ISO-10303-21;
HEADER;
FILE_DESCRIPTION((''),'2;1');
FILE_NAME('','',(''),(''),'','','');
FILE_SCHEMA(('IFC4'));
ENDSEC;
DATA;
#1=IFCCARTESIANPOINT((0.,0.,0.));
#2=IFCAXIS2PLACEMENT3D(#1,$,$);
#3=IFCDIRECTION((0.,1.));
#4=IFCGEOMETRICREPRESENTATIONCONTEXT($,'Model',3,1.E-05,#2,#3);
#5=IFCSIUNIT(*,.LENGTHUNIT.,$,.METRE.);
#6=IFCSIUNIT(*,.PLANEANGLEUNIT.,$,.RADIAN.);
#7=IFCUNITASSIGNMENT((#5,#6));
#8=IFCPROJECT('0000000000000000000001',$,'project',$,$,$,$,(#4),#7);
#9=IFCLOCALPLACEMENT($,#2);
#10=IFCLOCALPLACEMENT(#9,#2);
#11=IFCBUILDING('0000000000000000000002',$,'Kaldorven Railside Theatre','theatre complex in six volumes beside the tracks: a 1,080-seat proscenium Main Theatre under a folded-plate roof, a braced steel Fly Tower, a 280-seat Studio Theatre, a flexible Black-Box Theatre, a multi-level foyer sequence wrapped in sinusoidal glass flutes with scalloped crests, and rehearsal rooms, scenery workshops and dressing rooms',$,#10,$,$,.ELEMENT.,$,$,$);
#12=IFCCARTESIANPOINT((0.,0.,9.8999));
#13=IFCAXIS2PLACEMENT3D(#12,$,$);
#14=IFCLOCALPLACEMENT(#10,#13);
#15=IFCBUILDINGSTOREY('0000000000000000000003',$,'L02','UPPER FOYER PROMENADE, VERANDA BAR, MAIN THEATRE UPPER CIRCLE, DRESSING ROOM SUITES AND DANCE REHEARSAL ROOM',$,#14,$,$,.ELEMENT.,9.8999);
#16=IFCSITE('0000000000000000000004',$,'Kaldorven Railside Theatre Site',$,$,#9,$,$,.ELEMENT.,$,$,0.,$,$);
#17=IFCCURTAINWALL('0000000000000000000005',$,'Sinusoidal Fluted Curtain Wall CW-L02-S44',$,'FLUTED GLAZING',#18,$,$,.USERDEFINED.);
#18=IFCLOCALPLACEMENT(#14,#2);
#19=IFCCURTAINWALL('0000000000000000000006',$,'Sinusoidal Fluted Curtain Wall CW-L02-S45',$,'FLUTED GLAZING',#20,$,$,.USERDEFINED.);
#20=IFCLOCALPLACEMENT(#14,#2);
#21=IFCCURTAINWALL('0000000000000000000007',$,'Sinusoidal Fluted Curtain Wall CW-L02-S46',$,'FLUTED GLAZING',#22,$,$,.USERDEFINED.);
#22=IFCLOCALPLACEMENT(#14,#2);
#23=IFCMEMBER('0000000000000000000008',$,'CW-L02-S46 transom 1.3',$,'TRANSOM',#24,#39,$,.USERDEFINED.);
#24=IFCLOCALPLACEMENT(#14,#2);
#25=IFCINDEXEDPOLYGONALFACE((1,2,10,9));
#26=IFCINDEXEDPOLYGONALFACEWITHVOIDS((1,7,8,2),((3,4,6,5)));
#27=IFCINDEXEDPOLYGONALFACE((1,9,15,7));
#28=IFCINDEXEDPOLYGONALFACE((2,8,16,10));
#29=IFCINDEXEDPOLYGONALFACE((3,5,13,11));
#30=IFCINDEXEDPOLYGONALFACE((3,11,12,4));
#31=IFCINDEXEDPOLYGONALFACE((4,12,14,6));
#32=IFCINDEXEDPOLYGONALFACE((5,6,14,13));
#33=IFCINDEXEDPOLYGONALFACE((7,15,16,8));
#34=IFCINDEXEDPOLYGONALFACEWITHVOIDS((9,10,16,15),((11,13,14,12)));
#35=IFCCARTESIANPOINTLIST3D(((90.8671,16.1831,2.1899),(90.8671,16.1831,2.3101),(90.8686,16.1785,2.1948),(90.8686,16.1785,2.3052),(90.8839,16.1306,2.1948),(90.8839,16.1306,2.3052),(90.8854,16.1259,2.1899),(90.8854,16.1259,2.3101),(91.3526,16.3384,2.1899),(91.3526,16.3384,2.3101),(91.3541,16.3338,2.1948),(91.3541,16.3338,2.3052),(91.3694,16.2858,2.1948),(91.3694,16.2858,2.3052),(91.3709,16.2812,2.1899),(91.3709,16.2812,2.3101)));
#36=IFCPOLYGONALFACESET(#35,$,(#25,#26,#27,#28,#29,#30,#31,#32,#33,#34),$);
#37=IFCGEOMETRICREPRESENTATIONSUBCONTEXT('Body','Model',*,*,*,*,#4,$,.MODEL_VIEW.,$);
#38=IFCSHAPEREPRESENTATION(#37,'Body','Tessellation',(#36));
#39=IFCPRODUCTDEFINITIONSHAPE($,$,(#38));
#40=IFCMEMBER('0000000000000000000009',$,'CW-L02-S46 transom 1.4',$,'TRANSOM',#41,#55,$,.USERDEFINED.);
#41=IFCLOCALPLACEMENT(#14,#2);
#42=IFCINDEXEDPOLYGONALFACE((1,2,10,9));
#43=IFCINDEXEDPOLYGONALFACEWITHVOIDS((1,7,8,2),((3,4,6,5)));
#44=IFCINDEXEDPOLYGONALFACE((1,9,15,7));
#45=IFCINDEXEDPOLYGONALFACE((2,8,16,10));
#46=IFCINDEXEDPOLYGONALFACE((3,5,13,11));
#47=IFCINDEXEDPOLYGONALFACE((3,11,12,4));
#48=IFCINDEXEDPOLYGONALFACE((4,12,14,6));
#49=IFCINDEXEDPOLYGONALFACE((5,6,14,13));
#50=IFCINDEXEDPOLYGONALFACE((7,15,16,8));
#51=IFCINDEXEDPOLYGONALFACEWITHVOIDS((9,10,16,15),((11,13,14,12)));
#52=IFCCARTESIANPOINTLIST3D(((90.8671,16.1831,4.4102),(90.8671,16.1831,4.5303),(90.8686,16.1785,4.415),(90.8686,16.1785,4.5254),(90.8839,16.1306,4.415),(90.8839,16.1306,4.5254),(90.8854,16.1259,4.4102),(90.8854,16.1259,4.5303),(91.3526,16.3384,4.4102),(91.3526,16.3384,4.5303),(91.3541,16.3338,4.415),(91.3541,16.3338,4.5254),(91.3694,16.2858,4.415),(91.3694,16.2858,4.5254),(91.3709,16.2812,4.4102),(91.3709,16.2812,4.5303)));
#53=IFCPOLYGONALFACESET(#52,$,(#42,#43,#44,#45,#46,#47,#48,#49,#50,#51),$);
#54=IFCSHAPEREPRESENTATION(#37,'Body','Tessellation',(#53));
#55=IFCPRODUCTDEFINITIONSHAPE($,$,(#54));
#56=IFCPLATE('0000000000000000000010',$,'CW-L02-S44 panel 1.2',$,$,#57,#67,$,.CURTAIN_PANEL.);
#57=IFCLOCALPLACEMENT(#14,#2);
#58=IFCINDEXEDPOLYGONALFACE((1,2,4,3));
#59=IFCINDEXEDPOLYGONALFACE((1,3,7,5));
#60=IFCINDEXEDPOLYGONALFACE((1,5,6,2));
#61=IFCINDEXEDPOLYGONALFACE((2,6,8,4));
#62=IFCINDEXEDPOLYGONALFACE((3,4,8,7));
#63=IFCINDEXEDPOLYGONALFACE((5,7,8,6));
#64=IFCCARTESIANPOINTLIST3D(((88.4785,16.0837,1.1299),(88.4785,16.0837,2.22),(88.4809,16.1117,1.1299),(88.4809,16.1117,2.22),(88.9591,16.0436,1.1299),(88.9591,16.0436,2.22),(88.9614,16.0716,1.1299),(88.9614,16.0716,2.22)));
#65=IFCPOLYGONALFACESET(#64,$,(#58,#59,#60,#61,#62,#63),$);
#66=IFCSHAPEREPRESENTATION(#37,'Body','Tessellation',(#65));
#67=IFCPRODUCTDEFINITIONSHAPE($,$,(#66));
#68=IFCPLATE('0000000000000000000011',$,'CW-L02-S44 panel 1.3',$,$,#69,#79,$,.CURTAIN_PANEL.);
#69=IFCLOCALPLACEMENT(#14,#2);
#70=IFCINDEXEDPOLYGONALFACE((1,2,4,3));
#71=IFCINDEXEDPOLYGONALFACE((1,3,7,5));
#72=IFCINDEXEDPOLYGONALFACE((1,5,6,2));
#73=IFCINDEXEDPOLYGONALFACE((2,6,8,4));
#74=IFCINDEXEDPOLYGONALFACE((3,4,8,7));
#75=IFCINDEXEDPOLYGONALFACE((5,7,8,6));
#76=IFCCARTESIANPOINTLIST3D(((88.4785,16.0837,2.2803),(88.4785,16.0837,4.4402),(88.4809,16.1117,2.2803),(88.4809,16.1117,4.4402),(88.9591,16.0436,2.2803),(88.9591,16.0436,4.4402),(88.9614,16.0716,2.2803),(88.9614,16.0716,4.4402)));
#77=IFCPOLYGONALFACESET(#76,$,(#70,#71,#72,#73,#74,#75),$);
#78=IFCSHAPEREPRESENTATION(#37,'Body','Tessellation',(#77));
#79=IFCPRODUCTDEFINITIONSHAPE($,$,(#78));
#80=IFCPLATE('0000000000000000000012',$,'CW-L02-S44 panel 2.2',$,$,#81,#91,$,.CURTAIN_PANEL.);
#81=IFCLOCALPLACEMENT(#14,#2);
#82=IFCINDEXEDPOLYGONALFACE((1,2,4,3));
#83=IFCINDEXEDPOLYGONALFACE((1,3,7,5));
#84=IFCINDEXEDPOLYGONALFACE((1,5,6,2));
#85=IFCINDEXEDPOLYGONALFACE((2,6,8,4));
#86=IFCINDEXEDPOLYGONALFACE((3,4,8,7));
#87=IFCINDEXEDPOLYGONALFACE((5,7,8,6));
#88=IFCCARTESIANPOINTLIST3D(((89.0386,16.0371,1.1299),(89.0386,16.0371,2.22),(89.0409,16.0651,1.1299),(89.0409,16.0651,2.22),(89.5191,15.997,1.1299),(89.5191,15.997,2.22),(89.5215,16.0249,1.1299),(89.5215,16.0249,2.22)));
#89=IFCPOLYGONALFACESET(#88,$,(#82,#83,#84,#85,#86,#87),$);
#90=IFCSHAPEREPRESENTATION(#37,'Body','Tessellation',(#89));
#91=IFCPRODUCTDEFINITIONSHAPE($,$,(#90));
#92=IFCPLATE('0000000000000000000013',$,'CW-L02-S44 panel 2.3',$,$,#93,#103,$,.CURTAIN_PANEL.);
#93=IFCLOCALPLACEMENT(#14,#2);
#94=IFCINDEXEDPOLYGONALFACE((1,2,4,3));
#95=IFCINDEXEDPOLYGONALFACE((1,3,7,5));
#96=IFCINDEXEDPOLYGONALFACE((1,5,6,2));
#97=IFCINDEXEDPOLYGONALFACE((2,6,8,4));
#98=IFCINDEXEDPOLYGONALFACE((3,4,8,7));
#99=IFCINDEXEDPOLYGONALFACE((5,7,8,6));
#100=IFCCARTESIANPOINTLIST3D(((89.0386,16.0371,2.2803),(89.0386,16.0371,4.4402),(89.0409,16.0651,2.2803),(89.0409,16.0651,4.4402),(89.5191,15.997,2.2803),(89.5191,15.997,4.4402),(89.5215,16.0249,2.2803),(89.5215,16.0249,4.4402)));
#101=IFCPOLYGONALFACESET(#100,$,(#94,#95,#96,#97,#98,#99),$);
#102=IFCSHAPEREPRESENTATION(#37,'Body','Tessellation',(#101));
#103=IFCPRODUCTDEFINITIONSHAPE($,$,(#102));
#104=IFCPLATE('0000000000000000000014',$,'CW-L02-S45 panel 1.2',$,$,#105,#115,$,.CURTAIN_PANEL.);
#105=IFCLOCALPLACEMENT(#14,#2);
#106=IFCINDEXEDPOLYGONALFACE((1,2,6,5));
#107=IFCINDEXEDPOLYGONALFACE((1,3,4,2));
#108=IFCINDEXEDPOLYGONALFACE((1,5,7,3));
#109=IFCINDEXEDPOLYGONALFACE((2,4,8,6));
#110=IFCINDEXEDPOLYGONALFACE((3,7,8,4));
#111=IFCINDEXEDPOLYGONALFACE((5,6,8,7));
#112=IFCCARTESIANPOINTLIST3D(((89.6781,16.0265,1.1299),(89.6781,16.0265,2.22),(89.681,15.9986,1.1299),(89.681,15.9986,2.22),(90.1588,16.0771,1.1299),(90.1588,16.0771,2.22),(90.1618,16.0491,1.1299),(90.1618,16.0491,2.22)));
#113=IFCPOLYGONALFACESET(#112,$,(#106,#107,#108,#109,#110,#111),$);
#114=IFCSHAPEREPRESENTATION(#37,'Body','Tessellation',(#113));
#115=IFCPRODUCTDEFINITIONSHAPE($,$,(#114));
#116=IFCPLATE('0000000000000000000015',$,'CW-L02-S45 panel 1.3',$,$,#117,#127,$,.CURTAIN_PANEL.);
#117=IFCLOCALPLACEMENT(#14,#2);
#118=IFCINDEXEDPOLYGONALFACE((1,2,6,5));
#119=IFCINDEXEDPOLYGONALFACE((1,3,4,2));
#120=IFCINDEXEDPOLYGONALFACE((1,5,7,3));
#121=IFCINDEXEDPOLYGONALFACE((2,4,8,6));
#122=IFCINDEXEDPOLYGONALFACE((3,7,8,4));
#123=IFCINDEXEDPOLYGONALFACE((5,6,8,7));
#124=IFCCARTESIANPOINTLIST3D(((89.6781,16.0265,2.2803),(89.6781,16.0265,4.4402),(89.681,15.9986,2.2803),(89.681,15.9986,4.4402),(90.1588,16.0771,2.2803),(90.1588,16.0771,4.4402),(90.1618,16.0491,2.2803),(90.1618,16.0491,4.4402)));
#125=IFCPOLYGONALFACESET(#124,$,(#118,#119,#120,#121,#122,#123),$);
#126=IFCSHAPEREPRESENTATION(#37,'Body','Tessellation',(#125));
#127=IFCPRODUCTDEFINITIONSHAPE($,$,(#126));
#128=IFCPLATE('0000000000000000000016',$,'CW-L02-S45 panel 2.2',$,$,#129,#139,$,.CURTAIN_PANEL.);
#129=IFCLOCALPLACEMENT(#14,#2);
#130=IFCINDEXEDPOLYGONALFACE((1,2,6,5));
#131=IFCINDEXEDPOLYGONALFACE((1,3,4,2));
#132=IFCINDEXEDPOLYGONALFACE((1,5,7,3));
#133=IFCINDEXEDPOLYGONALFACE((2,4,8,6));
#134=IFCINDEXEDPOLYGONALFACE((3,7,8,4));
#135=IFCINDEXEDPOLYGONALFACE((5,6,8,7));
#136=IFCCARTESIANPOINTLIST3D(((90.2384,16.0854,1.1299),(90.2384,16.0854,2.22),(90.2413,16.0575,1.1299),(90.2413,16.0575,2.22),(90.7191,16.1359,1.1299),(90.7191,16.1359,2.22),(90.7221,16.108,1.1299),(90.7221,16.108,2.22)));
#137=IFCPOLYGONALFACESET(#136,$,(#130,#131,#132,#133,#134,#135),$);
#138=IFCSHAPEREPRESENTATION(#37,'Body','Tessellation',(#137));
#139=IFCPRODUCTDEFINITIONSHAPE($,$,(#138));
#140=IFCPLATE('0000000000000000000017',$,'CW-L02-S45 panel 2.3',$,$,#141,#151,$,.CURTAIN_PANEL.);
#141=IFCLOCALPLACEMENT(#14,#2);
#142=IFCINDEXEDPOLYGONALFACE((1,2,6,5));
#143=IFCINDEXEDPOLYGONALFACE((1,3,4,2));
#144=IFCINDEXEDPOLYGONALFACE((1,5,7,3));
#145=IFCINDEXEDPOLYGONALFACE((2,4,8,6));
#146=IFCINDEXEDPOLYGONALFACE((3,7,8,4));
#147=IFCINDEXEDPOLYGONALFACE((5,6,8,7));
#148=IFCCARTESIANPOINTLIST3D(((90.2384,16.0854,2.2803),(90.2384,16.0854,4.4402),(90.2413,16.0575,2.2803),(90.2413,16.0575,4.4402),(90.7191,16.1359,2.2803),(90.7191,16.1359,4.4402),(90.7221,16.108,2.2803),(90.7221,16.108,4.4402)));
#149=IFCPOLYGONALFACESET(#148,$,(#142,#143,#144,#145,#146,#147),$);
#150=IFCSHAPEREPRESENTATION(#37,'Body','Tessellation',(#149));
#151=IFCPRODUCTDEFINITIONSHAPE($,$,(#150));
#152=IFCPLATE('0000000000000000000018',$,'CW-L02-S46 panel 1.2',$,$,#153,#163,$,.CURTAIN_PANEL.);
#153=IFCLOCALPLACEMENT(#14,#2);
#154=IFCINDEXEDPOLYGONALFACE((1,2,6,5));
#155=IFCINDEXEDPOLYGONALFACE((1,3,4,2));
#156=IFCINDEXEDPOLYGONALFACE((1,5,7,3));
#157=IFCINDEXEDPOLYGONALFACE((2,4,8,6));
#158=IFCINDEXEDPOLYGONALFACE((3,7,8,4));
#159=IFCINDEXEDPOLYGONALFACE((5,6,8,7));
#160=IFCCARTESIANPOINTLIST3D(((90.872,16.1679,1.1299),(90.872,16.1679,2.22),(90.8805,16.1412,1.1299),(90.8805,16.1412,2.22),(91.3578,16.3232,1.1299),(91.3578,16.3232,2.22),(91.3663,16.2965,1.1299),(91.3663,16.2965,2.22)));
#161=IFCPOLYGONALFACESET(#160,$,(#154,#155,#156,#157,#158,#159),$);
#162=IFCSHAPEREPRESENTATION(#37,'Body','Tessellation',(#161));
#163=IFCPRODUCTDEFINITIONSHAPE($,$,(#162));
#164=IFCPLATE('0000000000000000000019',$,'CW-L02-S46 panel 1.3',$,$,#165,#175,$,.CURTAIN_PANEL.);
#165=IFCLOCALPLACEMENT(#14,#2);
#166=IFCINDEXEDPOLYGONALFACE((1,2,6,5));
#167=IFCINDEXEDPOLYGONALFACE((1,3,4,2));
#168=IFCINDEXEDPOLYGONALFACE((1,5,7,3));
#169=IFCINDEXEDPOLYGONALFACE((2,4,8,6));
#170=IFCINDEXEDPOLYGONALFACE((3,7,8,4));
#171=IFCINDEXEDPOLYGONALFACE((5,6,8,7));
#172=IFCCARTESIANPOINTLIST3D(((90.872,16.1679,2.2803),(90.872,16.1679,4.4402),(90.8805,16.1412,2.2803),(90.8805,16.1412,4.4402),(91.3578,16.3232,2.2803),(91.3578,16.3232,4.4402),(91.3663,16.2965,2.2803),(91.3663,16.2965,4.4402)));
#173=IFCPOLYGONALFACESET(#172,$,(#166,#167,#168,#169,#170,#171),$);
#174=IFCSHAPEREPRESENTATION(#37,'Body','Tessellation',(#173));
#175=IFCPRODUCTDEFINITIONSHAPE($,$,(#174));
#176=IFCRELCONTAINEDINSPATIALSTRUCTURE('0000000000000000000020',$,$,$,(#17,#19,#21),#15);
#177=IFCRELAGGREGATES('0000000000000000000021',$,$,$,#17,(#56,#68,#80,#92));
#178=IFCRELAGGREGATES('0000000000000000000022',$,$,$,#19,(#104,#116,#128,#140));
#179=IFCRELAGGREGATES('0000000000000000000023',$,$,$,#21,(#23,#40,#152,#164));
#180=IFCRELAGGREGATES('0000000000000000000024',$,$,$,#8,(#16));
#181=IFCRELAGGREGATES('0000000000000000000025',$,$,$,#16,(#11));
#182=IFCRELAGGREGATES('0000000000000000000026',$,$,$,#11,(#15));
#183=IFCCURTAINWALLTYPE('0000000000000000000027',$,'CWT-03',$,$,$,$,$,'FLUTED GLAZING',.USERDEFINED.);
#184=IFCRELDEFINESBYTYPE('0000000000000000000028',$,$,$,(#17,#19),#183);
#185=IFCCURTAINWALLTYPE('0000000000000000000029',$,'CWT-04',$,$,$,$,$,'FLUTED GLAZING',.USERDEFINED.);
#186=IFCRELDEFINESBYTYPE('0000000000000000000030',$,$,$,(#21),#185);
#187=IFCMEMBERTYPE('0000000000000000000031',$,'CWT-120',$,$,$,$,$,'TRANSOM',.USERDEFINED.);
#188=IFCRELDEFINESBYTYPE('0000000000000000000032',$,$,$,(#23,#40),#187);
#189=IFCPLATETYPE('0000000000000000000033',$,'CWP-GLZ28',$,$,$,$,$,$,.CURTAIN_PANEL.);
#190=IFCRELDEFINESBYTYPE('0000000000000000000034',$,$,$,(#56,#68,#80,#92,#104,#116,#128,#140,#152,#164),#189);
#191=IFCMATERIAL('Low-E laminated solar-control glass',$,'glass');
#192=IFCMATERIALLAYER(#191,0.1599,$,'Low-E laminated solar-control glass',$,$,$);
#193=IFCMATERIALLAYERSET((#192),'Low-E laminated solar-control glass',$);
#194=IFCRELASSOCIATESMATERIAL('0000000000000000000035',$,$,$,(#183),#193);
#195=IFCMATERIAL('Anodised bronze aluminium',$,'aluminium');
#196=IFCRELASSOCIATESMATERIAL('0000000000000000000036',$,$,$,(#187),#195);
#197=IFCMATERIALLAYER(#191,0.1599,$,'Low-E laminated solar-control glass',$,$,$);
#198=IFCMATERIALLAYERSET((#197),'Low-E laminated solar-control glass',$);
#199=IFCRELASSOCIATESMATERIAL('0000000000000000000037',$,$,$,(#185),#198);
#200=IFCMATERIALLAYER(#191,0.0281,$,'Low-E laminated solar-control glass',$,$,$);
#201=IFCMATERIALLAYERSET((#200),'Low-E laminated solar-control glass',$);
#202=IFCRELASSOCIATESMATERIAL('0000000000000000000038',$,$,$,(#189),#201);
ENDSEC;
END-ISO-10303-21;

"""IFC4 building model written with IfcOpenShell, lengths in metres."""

from ifc_helpers import new_model, si_unit, direction, frame, origin, origin_2d, place, context, subcontext, project, spatial, rectangle, hollow_rectangle, extrude, material, layer, layer_set, material_profile, profile_set, type_object, element, aggregate, save


model = new_model("IFC4")

# Units and contexts
model_context = context("Model", 3, precision=1e-05, world=origin(), true_north=direction((0.0, 1.0)))
body_context = subcontext(model_context, "Body", "Model", "MODEL_VIEW")
ifc_project = project(units=[si_unit("LENGTHUNIT", "METRE"), si_unit("PLANEANGLEUNIT", "RADIAN")], contexts=[model_context])

# Site, building, storey
site_placement = place(None, origin())
site = spatial("IfcSite", under=ifc_project, at=site_placement, Name="Kaldorven Railside Theatre Site", CompositionType="ELEMENT", RefElevation=0.0)
building_placement = place(site_placement, origin())
building = spatial("IfcBuilding", under=site, at=building_placement, Name="Kaldorven Railside Theatre", Description="theatre complex in six volumes beside the tracks: a 1,080-seat proscenium Main Theatre under a folded-plate roof, a braced steel Fly Tower, a 280-seat Studio Theatre, a flexible Black-Box Theatre, a multi-level foyer sequence wrapped in sinusoidal glass flutes with scalloped crests, and rehearsal rooms, scenery workshops and dressing rooms", CompositionType="ELEMENT")
storey_placement = place(building_placement, frame((0.0, 0.0, 9.8999)))
storey = spatial("IfcBuildingStorey", under=building, at=storey_placement, Name="L02", Description="UPPER FOYER PROMENADE, VERANDA BAR, MAIN THEATRE UPPER CIRCLE, DRESSING ROOM SUITES AND DANCE REHEARSAL ROOM", CompositionType="ELEMENT", Elevation=9.8999)

# Curtain walls, members
ifc_material_1 = material(Name="Low-E laminated solar-control glass", Category="glass")
ifc_layer_1 = layer(ifc_material_1, 0.1599, Name="Low-E laminated solar-control glass")
ifc_layer_set_1 = layer_set([ifc_layer_1], Name="Low-E laminated solar-control glass")
curtain_wall_type_1 = type_object("IfcCurtainWallType", Name="CWT-03", ElementType="FLUTED GLAZING", PredefinedType="USERDEFINED", material=ifc_layer_set_1)
curtain_wall_1_placement = place(storey_placement, origin())
curtain_wall_1 = element("IfcCurtainWall", 1, at=curtain_wall_1_placement, inside=storey, type_object=curtain_wall_type_1, Name="Sinusoidal Fluted Curtain Wall CW-L02-S44", ObjectType="FLUTED GLAZING", PredefinedType="USERDEFINED")
ifc_material_2 = material(Name="Anodised bronze aluminium", Category="aluminium")
ifc_material_profile = material_profile(ifc_material_2, hollow_rectangle(XDim=0.0601, YDim=0.1201, WallThickness=0.0049, at=origin_2d()), Name="RHS 120x60x5")
ifc_profile_set = profile_set([ifc_material_profile], Name="Anodised bronze aluminium")
member_type = type_object("IfcMemberType", Name="CWT-120", ElementType="TRANSOM", PredefinedType="USERDEFINED", material=ifc_profile_set)
curtain_wall_2_placement = place(storey_placement, origin())
curtain_wall_2 = element("IfcCurtainWall", 2, at=curtain_wall_2_placement, inside=storey, type_object=curtain_wall_type_1, Name="Sinusoidal Fluted Curtain Wall CW-L02-S45", ObjectType="FLUTED GLAZING", PredefinedType="USERDEFINED")
ifc_layer_2 = layer(ifc_material_1, 0.1599, Name="Low-E laminated solar-control glass")
ifc_layer_set_2 = layer_set([ifc_layer_2], Name="Low-E laminated solar-control glass")
curtain_wall_type_2 = type_object("IfcCurtainWallType", Name="CWT-04", ElementType="FLUTED GLAZING", PredefinedType="USERDEFINED", material=ifc_layer_set_2)
curtain_wall_3_placement = place(storey_placement, origin())
curtain_wall_3 = element("IfcCurtainWall", 3, at=curtain_wall_3_placement, inside=storey, type_object=curtain_wall_type_2, Name="Sinusoidal Fluted Curtain Wall CW-L02-S46", ObjectType="FLUTED GLAZING", PredefinedType="USERDEFINED")
member_1_placement = place(storey_placement, frame((90.8762, 16.1545, 2.25), z_axis=(0.952491, 0.304567, 0.0), x_axis=(-0.304567, 0.952491, 0.0)))
member_1 = element("IfcMember", 4, at=member_1_placement, type_object=member_type, Name="CW-L02-S46 transom 1.3", ObjectType="TRANSOM", PredefinedType="USERDEFINED", context=body_context, shape_type="SweptSolid", body=[
    extrude(hollow_rectangle(XDim=0.0601, YDim=0.1201, WallThickness=0.0049, at=origin_2d()), origin(), (0.0, 0.0, 1.0), 0.5098),
])
member_2_placement = place(storey_placement, frame((90.8762, 16.1545, 4.4702), z_axis=(0.952491, 0.304567, 0.0), x_axis=(-0.304567, 0.952491, 0.0)))
member_2 = element("IfcMember", 5, at=member_2_placement, type_object=member_type, Name="CW-L02-S46 transom 1.4", ObjectType="TRANSOM", PredefinedType="USERDEFINED", context=body_context, shape_type="SweptSolid", body=[
    extrude(hollow_rectangle(XDim=0.0601, YDim=0.1201, WallThickness=0.0049, at=origin_2d()), origin(), (0.0, 0.0, 1.0), 0.5098),
])

# Plates
ifc_layer_3 = layer(ifc_material_1, 0.0281, Name="Low-E laminated solar-control glass")
ifc_layer_set_3 = layer_set([ifc_layer_3], Name="Low-E laminated solar-control glass")
plate_type = type_object("IfcPlateType", Name="CWP-GLZ28", PredefinedType="CURTAIN_PANEL", material=ifc_layer_set_3)
plate_1_placement = place(storey_placement, frame((88.72, 16.0776, 1.1299), z_axis=(0.0, 0.0, 1.0), x_axis=(0.996532, -0.08321, 0.0)))
plate_1 = element("IfcPlate", 6, at=plate_1_placement, type_object=plate_type, Name="CW-L02-S44 panel 1.2", PredefinedType="CURTAIN_PANEL", context=body_context, shape_type="SweptSolid", body=[
    extrude(rectangle(XDim=0.4822, YDim=0.0281, at=origin_2d()), origin(), (0.0, 0.0, 1.0), 1.0901),
])
plate_2_placement = place(storey_placement, frame((88.72, 16.0776, 2.2803), z_axis=(0.0, 0.0, 1.0), x_axis=(0.996532, -0.08321, 0.0)))
plate_2 = element("IfcPlate", 7, at=plate_2_placement, type_object=plate_type, Name="CW-L02-S44 panel 1.3", PredefinedType="CURTAIN_PANEL", context=body_context, shape_type="SweptSolid", body=[
    extrude(rectangle(XDim=0.4822, YDim=0.0281, at=origin_2d()), origin(), (0.0, 0.0, 1.0), 2.1599),
])
plate_3_placement = place(storey_placement, frame((89.28, 16.031, 1.1299), z_axis=(0.0, 0.0, 1.0), x_axis=(0.996532, -0.08321, 0.0)))
plate_3 = element("IfcPlate", 8, at=plate_3_placement, type_object=plate_type, Name="CW-L02-S44 panel 2.2", PredefinedType="CURTAIN_PANEL", context=body_context, shape_type="SweptSolid", body=[
    extrude(rectangle(XDim=0.4822, YDim=0.0281, at=origin_2d()), origin(), (0.0, 0.0, 1.0), 1.0901),
])
plate_4_placement = place(storey_placement, frame((89.28, 16.031, 2.2803), z_axis=(0.0, 0.0, 1.0), x_axis=(0.996532, -0.08321, 0.0)))
plate_4 = element("IfcPlate", 9, at=plate_4_placement, type_object=plate_type, Name="CW-L02-S44 panel 2.3", PredefinedType="CURTAIN_PANEL", context=body_context, shape_type="SweptSolid", body=[
    extrude(rectangle(XDim=0.4822, YDim=0.0281, at=origin_2d()), origin(), (0.0, 0.0, 1.0), 2.1599),
])
aggregate(curtain_wall_1, [plate_1, plate_2, plate_3, plate_4])
plate_5_placement = place(storey_placement, frame((89.9199, 16.0378, 1.1299), z_axis=(0.0, 0.0, 1.0), x_axis=(0.994524, 0.104508, 0.0)))
plate_5 = element("IfcPlate", 10, at=plate_5_placement, type_object=plate_type, Name="CW-L02-S45 panel 1.2", PredefinedType="CURTAIN_PANEL", context=body_context, shape_type="SweptSolid", body=[
    extrude(rectangle(XDim=0.4834, YDim=0.0281, at=origin_2d()), origin(), (0.0, 0.0, 1.0), 1.0901),
])
plate_6_placement = place(storey_placement, frame((89.9199, 16.0378, 2.2803), z_axis=(0.0, 0.0, 1.0), x_axis=(0.994524, 0.104508, 0.0)))
plate_6 = element("IfcPlate", 11, at=plate_6_placement, type_object=plate_type, Name="CW-L02-S45 panel 1.3", PredefinedType="CURTAIN_PANEL", context=body_context, shape_type="SweptSolid", body=[
    extrude(rectangle(XDim=0.4834, YDim=0.0281, at=origin_2d()), origin(), (0.0, 0.0, 1.0), 2.1599),
])
plate_7_placement = place(storey_placement, frame((90.4802, 16.0967, 1.1299), z_axis=(0.0, 0.0, 1.0), x_axis=(0.994524, 0.104508, 0.0)))
plate_7 = element("IfcPlate", 12, at=plate_7_placement, type_object=plate_type, Name="CW-L02-S45 panel 2.2", PredefinedType="CURTAIN_PANEL", context=body_context, shape_type="SweptSolid", body=[
    extrude(rectangle(XDim=0.4834, YDim=0.0281, at=origin_2d()), origin(), (0.0, 0.0, 1.0), 1.0901),
])
plate_8_placement = place(storey_placement, frame((90.4802, 16.0967, 2.2803), z_axis=(0.0, 0.0, 1.0), x_axis=(0.994524, 0.104508, 0.0)))
plate_8 = element("IfcPlate", 13, at=plate_8_placement, type_object=plate_type, Name="CW-L02-S45 panel 2.3", PredefinedType="CURTAIN_PANEL", context=body_context, shape_type="SweptSolid", body=[
    extrude(rectangle(XDim=0.4834, YDim=0.0281, at=origin_2d()), origin(), (0.0, 0.0, 1.0), 2.1599),
])
aggregate(curtain_wall_2, [plate_5, plate_6, plate_7, plate_8])
plate_9_placement = place(storey_placement, frame((91.1191, 16.2322, 1.1299), z_axis=(0.0, 0.0, 1.0), x_axis=(0.952516, 0.304488, 0.0)))
plate_9 = element("IfcPlate", 14, at=plate_9_placement, type_object=plate_type, Name="CW-L02-S46 panel 1.2", PredefinedType="CURTAIN_PANEL", context=body_context, shape_type="SweptSolid", body=[
    extrude(rectangle(XDim=0.51, YDim=0.0281, at=origin_2d()), origin(), (0.0, 0.0, 1.0), 1.0901),
])
plate_10_placement = place(storey_placement, frame((91.1191, 16.2322, 2.2803), z_axis=(0.0, 0.0, 1.0), x_axis=(0.952516, 0.304488, 0.0)))
plate_10 = element("IfcPlate", 15, at=plate_10_placement, type_object=plate_type, Name="CW-L02-S46 panel 1.3", PredefinedType="CURTAIN_PANEL", context=body_context, shape_type="SweptSolid", body=[
    extrude(rectangle(XDim=0.51, YDim=0.0281, at=origin_2d()), origin(), (0.0, 0.0, 1.0), 2.1599),
])
aggregate(curtain_wall_3, [member_1, member_2, plate_9, plate_10])

save(model, "model.ifc")
